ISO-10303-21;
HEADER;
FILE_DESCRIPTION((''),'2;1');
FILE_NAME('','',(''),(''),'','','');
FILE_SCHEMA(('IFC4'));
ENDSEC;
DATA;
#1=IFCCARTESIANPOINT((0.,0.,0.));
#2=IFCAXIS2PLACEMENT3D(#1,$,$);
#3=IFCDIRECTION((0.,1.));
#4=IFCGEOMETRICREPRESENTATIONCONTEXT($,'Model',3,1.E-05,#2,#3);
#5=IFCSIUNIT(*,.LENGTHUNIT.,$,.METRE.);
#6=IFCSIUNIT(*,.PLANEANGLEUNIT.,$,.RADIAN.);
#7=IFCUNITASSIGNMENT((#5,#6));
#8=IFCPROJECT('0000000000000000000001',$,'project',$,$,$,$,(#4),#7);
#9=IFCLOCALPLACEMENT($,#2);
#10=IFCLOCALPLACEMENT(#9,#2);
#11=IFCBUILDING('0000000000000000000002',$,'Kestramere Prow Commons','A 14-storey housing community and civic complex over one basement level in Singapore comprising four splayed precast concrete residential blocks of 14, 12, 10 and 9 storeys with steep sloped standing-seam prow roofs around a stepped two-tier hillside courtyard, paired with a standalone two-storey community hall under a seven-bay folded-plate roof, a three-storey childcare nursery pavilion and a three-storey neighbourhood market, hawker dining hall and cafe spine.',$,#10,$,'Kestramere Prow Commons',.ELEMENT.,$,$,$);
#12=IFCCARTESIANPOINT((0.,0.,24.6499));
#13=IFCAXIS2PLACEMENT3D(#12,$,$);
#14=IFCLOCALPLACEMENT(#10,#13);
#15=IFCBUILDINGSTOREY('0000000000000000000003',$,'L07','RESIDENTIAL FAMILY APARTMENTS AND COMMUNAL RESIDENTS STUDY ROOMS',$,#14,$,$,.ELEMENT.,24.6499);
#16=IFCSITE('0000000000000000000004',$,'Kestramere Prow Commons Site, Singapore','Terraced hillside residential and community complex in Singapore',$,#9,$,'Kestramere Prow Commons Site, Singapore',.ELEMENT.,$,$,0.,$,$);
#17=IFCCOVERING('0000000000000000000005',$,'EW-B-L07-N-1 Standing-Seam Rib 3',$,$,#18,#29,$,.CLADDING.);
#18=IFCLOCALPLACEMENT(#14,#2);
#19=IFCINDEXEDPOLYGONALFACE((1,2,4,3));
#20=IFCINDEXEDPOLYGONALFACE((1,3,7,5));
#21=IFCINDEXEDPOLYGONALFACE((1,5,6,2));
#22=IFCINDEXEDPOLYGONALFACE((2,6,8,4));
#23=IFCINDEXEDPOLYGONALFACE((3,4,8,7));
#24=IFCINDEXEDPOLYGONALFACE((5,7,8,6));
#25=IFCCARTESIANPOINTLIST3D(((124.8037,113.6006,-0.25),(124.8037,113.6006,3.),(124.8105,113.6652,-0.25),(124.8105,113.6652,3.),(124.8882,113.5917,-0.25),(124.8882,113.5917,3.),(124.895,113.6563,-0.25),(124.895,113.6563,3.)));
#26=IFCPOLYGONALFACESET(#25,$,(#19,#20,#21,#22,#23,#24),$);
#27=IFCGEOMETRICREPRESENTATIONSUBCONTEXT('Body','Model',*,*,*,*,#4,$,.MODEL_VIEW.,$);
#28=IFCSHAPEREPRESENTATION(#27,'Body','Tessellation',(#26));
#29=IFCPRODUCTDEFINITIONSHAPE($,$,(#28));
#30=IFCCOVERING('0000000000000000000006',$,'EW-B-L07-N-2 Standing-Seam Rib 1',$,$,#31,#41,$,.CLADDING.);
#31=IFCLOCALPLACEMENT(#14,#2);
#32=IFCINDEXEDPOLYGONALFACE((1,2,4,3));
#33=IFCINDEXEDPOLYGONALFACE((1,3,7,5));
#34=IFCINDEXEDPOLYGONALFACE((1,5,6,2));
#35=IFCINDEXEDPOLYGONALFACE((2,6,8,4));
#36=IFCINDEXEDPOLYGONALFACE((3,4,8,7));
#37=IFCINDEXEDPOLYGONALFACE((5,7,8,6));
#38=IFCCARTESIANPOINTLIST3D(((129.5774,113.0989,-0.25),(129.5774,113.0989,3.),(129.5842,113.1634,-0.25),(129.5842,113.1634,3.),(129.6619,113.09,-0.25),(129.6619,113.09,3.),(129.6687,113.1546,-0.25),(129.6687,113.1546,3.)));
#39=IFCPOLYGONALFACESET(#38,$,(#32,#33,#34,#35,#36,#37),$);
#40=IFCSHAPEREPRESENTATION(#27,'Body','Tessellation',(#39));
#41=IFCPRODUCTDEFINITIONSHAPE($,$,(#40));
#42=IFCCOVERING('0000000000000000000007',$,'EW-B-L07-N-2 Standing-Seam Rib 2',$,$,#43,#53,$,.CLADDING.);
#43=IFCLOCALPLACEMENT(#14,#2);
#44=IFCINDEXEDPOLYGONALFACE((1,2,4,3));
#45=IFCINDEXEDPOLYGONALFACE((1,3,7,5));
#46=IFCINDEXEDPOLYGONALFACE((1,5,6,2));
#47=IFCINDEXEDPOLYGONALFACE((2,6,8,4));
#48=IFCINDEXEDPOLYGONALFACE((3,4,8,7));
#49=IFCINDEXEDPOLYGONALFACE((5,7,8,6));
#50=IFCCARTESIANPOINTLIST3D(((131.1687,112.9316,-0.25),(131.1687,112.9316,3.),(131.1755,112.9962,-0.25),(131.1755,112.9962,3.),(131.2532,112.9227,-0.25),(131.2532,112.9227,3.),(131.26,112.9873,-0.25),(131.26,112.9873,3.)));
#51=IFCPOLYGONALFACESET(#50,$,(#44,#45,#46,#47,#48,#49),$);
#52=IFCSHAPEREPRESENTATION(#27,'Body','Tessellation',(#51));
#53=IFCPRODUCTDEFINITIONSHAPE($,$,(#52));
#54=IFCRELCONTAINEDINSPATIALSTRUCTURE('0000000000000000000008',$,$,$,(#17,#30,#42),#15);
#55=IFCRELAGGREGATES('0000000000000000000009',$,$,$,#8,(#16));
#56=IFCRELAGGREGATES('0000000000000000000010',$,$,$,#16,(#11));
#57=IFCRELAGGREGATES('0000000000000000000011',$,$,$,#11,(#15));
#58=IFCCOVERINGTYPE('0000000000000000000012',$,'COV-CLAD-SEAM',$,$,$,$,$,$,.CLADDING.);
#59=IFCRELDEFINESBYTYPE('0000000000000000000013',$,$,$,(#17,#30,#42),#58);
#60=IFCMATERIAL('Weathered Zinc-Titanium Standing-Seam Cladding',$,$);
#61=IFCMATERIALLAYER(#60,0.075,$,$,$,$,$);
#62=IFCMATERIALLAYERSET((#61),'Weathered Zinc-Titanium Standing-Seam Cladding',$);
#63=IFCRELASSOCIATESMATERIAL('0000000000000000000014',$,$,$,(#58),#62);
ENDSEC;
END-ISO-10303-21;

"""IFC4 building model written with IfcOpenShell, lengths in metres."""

from ifc_helpers import new_model, si_unit, direction, frame, origin, origin_2d, place, context, subcontext, project, spatial, rectangle, extrude, material, layer, layer_set, type_object, element, save


model = new_model("IFC4")

# Units and contexts
model_context = context("Model", 3, precision=1e-05, world=origin(), true_north=direction((0.0, 1.0)))
body_context = subcontext(model_context, "Body", "Model", "MODEL_VIEW")
ifc_project = project(units=[si_unit("LENGTHUNIT", "METRE"), si_unit("PLANEANGLEUNIT", "RADIAN")], contexts=[model_context])

# Site, building, storey
site_placement = place(None, origin())
site = spatial("IfcSite", under=ifc_project, at=site_placement, Name="Kestramere Prow Commons Site, Singapore", Description="Terraced hillside residential and community complex in Singapore", LongName="Kestramere Prow Commons Site, Singapore", CompositionType="ELEMENT", RefElevation=0.0)
building_placement = place(site_placement, origin())
building = spatial("IfcBuilding", under=site, at=building_placement, Name="Kestramere Prow Commons", Description="A 14-storey housing community and civic complex over one basement level in Singapore comprising four splayed precast concrete residential blocks of 14, 12, 10 and 9 storeys with steep sloped standing-seam prow roofs around a stepped two-tier hillside courtyard, paired with a standalone two-storey community hall under a seven-bay folded-plate roof, a three-storey childcare nursery pavilion and a three-storey neighbourhood market, hawker dining hall and cafe spine.", LongName="Kestramere Prow Commons", CompositionType="ELEMENT")
storey_placement = place(building_placement, frame((0.0, 0.0, 24.6499)))
storey = spatial("IfcBuildingStorey", under=building, at=storey_placement, Name="L07", Description="RESIDENTIAL FAMILY APARTMENTS AND COMMUNAL RESIDENTS STUDY ROOMS", CompositionType="ELEMENT", Elevation=24.6499)

# Coverings
ifc_material_1 = material(Name="Weathered Zinc-Titanium Standing-Seam Cladding")
ifc_layer_1 = layer(ifc_material_1, 0.075)
ifc_layer_set_1 = layer_set([ifc_layer_1], Name="Weathered Zinc-Titanium Standing-Seam Cladding")
covering_type = type_object("IfcCoveringType", Name="COV-CLAD-SEAM", PredefinedType="CLADDING", material=ifc_layer_set_1)
for number, where, z_axis, x_axis, name in (
    (1, (124.8494, 113.6284, -0.25), (0.0, 0.0, 1.0), (0.994522, -0.104528, 0.0), "EW-B-L07-N-1 Standing-Seam Rib 3"),
    (2, (129.623, 113.1267, -0.25), (0.0, 0.0, 1.0), (0.994522, -0.104528, 0.0), "EW-B-L07-N-2 Standing-Seam Rib 1"),
    (3, (131.2144, 112.9595, -0.25), (0.0, 0.0, 1.0), (0.994522, -0.104528, 0.0), "EW-B-L07-N-2 Standing-Seam Rib 2"),
):
    element("IfcCovering", number, at=place(storey_placement, frame(where, z_axis=z_axis, x_axis=x_axis)), inside=storey, type_object=covering_type, Name=name, PredefinedType="CLADDING", context=body_context, shape_type="SweptSolid", body=[
        extrude(rectangle(XDim=0.085, YDim=0.0649, at=origin_2d()), origin(), (0.0, 0.0, 1.0), 3.25),
    ])

save(model, "model.ifc")
